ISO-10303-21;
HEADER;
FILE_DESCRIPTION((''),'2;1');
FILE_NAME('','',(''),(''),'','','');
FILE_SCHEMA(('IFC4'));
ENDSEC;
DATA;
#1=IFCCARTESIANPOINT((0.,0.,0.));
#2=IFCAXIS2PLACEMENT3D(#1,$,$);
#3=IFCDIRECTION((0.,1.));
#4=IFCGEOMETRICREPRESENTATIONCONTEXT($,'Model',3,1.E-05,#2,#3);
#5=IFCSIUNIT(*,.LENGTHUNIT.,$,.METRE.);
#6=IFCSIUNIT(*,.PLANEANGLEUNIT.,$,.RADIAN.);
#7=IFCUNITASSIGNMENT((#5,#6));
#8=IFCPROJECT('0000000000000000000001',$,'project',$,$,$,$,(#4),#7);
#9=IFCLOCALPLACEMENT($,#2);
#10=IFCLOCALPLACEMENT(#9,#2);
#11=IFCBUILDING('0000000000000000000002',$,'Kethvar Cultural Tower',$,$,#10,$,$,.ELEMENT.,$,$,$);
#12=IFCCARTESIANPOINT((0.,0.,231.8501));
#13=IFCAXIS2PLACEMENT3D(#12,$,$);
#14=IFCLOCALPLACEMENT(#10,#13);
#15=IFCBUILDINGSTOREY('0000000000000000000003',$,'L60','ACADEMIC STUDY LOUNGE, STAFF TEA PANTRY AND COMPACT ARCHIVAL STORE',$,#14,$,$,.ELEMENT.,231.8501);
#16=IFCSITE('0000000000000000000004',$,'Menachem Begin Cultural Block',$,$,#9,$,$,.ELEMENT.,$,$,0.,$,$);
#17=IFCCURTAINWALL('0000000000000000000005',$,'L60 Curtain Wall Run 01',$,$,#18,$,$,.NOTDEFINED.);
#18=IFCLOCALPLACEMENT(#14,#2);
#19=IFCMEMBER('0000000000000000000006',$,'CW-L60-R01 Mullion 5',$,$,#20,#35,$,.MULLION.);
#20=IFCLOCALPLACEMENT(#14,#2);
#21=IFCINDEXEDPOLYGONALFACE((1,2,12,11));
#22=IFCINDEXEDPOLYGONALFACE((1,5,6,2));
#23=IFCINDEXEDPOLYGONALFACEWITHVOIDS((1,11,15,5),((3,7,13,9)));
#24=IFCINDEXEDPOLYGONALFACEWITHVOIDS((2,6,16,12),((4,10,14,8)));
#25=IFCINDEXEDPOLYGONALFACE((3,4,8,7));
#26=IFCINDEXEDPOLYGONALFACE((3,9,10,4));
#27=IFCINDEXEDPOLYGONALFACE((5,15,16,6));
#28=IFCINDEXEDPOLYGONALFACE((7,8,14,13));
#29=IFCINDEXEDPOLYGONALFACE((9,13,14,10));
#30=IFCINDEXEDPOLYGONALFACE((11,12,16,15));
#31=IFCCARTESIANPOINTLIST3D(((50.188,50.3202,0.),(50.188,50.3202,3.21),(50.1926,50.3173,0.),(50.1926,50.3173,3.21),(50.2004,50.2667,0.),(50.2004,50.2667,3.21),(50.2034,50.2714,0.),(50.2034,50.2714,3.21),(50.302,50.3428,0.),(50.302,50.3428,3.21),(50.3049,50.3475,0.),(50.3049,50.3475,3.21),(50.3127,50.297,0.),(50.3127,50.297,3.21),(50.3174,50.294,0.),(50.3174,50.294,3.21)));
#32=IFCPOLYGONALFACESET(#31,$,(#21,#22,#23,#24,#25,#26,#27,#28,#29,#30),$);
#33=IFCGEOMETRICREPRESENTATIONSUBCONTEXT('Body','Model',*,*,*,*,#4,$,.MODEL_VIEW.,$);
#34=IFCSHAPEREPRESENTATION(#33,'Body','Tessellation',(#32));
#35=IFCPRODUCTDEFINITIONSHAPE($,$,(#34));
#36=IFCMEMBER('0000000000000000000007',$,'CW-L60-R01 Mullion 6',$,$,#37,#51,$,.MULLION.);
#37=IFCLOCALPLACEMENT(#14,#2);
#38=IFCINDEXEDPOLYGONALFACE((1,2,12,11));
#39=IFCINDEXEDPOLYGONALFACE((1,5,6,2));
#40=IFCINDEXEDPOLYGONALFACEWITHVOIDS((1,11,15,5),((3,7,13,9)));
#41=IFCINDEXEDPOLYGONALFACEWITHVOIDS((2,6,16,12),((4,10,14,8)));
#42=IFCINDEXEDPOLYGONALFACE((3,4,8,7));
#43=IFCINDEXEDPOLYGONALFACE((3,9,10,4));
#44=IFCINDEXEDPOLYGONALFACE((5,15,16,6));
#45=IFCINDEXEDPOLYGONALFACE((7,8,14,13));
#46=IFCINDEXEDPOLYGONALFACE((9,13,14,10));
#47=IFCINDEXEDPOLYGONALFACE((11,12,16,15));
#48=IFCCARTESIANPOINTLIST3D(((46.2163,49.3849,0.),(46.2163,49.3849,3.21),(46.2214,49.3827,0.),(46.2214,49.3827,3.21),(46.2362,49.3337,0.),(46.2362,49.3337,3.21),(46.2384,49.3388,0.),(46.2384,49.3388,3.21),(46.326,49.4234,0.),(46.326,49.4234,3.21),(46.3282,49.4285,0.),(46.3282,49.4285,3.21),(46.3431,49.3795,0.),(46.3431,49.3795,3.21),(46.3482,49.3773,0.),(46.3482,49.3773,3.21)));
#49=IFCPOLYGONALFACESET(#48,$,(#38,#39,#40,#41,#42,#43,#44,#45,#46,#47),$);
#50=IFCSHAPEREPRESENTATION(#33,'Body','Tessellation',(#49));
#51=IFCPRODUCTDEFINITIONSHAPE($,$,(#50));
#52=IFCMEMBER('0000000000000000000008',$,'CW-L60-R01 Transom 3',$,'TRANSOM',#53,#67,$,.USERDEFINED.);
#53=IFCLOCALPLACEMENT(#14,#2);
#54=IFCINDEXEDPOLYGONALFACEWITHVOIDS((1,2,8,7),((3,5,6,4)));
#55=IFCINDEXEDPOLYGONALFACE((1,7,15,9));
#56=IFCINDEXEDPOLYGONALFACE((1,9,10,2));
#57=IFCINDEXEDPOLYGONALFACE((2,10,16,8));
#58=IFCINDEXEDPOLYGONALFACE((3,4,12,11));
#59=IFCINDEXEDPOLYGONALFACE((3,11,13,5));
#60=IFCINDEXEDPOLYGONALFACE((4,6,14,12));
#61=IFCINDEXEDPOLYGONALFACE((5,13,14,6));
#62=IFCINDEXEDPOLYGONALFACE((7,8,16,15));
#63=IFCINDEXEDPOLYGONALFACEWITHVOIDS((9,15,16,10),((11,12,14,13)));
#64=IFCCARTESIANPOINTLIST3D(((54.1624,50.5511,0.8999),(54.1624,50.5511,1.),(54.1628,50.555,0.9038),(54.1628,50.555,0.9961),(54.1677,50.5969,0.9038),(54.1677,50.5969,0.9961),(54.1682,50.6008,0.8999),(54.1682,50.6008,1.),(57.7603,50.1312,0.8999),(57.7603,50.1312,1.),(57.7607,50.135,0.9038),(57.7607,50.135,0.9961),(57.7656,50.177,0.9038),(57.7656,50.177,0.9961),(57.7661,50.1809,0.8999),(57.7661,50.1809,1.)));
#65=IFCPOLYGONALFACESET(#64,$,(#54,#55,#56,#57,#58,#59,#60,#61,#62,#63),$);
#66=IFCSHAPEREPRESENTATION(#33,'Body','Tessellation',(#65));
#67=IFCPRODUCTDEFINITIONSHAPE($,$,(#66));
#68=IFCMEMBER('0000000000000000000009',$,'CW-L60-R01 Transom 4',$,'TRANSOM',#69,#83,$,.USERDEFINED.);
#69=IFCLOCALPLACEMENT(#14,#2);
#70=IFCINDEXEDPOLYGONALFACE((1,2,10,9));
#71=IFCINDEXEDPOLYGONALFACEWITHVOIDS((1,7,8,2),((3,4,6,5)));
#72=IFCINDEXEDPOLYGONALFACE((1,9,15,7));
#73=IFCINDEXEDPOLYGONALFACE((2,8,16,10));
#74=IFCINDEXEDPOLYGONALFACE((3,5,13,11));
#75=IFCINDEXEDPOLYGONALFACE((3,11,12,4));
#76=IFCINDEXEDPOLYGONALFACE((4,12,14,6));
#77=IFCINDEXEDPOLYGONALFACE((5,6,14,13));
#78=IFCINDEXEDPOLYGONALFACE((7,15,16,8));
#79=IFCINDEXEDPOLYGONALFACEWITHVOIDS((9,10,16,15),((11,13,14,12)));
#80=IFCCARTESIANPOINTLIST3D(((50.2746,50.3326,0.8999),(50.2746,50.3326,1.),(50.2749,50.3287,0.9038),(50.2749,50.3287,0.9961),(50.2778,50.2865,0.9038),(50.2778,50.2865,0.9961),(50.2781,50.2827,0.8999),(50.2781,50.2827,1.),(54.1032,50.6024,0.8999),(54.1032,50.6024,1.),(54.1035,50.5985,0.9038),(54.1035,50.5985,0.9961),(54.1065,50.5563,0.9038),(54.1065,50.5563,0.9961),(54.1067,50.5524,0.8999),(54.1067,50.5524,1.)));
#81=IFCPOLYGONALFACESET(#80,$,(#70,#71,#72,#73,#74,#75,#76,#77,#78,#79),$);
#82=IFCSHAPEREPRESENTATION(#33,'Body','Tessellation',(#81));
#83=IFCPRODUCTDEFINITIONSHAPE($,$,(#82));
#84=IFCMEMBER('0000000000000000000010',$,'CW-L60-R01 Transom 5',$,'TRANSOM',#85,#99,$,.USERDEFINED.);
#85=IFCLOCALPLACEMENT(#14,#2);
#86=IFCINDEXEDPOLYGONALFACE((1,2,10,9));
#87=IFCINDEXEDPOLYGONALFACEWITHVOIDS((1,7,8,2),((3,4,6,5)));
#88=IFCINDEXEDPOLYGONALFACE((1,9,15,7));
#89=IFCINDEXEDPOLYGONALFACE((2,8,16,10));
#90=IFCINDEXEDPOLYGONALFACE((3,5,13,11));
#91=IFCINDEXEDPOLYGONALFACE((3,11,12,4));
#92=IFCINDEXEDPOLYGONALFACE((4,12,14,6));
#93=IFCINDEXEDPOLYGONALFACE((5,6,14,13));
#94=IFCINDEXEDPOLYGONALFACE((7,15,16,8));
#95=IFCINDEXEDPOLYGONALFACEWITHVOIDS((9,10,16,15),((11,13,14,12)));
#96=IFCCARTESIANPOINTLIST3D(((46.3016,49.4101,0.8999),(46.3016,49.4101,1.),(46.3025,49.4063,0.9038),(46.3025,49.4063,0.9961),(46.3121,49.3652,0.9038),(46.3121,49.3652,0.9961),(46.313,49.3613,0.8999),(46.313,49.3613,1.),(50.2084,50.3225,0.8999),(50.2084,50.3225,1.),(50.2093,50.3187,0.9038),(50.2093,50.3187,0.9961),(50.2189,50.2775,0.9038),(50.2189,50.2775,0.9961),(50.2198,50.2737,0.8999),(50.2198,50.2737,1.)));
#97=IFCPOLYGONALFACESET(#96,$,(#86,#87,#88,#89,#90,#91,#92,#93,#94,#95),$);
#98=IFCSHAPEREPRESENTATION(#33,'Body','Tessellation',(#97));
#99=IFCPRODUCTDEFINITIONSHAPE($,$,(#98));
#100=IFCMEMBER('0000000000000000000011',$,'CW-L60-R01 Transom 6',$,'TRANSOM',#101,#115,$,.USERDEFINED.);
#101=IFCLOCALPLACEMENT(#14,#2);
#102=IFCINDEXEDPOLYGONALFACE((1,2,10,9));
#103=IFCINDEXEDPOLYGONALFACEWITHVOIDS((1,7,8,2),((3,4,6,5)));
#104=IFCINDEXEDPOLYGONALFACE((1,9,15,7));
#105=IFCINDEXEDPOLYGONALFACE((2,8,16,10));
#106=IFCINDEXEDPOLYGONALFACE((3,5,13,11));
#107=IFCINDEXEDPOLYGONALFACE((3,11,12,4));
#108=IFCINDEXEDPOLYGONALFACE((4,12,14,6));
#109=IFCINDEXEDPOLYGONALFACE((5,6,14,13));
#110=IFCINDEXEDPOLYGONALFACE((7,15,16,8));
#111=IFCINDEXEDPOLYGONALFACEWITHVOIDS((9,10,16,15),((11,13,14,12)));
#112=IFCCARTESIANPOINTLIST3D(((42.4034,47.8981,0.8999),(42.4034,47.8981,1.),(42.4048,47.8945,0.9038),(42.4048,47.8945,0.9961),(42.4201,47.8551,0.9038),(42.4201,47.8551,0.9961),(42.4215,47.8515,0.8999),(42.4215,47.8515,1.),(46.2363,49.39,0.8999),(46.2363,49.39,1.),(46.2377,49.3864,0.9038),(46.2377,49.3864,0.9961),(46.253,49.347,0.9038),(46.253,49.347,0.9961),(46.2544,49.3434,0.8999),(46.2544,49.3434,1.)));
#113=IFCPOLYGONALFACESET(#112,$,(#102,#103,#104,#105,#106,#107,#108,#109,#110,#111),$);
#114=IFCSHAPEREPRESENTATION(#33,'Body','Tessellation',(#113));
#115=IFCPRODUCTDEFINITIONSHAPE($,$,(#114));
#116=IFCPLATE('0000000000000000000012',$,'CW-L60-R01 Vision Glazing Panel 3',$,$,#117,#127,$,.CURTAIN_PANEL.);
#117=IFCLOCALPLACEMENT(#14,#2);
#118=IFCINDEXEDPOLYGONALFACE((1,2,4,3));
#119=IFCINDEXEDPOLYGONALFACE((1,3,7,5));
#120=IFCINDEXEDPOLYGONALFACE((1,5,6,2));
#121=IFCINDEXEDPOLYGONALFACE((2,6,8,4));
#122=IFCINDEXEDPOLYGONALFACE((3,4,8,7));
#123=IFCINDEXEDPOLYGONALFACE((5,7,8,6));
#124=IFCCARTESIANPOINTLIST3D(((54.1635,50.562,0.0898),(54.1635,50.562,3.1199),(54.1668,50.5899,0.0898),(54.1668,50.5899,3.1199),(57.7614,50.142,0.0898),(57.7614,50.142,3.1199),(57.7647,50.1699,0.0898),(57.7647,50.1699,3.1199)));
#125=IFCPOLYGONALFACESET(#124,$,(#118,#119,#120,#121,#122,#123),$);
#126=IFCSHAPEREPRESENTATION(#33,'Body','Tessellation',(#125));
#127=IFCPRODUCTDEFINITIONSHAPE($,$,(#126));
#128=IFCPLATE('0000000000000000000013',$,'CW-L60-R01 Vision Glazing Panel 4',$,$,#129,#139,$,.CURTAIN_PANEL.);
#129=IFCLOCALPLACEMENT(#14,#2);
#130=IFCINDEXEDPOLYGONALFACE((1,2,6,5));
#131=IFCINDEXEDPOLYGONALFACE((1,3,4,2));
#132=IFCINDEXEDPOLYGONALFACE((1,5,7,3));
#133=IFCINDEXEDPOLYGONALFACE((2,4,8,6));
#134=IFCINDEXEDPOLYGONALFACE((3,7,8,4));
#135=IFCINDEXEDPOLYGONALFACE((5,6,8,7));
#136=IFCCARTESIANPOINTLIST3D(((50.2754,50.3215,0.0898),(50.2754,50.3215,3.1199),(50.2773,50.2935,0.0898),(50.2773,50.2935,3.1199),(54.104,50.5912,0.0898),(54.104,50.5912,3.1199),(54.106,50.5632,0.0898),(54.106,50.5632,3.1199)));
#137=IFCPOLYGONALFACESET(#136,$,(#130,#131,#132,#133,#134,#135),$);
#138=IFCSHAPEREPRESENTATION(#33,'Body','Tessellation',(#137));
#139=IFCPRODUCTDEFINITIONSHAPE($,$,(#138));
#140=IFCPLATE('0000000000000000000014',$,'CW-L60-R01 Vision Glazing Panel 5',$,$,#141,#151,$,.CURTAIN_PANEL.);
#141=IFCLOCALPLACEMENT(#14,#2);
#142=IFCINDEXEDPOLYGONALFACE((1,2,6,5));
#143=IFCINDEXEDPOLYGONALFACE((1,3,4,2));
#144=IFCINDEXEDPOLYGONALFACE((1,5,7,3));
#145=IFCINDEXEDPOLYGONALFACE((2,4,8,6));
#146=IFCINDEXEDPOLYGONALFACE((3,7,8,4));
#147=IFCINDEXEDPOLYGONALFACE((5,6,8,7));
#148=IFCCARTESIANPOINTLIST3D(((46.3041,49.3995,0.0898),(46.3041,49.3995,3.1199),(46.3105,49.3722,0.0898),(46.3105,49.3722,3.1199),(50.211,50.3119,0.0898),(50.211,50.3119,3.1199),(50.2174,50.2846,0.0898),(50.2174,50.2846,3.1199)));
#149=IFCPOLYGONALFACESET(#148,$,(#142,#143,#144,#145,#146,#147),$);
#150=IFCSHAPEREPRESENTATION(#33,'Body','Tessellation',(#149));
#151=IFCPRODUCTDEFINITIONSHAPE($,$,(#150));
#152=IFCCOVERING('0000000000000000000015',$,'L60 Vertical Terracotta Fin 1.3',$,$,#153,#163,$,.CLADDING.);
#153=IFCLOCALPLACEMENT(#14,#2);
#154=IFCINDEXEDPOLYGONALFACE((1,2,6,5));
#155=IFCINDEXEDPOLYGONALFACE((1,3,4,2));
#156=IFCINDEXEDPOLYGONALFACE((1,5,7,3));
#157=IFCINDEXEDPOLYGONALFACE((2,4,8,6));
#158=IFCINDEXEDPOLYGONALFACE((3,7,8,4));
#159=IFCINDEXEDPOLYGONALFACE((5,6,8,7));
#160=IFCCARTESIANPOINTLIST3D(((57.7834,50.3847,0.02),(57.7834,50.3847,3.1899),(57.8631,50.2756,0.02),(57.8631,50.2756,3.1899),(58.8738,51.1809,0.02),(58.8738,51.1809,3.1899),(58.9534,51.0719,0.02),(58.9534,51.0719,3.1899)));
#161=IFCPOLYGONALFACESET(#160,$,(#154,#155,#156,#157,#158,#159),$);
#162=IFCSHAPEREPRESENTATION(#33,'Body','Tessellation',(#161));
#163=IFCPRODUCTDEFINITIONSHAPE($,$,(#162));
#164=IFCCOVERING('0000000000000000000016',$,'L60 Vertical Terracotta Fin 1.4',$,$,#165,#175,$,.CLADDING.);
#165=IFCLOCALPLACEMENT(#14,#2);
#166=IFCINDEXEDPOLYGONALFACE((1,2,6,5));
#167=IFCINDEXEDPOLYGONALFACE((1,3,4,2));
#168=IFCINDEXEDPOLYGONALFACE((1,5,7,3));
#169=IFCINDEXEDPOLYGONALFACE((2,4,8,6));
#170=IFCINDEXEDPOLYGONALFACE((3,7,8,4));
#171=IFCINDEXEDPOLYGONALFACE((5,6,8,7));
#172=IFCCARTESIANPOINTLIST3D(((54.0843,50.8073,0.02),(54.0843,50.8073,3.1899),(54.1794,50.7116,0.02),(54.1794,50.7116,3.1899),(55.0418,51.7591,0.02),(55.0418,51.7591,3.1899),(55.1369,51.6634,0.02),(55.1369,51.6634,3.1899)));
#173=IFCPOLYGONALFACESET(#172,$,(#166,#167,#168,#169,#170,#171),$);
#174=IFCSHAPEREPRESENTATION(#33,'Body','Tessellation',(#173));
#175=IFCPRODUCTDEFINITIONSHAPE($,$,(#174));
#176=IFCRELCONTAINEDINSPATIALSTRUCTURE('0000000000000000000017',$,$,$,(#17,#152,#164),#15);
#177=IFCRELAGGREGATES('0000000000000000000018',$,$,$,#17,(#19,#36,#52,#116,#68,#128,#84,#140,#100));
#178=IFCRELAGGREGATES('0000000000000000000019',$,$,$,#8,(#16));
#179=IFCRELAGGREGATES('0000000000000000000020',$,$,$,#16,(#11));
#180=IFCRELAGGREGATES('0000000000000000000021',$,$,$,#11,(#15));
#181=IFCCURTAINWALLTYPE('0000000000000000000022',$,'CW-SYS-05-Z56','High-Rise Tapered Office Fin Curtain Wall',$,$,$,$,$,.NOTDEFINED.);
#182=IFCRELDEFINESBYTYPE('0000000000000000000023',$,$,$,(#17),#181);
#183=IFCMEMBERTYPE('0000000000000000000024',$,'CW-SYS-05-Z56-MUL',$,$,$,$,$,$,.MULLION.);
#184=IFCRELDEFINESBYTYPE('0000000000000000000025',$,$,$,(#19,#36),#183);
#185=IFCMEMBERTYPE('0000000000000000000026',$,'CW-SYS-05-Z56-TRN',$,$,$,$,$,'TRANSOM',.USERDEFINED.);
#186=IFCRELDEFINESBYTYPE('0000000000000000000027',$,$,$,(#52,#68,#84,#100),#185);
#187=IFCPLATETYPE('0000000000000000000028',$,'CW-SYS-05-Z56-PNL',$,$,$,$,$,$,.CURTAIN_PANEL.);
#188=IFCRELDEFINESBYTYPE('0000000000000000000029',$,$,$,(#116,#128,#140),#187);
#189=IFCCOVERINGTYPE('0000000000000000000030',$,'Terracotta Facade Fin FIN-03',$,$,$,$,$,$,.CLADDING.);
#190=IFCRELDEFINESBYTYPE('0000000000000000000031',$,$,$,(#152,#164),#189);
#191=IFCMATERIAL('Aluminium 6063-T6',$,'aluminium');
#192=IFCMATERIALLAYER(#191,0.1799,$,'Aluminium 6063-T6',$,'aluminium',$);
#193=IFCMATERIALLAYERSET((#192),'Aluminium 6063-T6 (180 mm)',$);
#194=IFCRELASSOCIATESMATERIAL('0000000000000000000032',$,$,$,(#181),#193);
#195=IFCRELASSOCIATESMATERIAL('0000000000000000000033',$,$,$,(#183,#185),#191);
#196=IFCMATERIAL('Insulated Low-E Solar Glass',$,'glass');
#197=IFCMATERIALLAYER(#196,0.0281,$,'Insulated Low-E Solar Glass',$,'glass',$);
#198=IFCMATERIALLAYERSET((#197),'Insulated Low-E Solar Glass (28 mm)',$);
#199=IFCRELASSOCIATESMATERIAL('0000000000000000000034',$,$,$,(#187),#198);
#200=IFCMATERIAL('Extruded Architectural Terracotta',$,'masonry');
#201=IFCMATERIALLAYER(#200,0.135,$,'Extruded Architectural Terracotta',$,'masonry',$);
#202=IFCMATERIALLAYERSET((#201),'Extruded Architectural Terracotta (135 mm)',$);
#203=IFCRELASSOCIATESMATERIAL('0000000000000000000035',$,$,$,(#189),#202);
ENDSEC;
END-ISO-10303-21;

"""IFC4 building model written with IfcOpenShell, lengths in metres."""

from ifc_helpers import new_model, si_unit, direction, frame, origin, origin_2d, place, context, subcontext, project, spatial, rectangle, hollow_rectangle, extrude, source, transform, mapped, material, layer, layer_set, material_profile, profile_set, type_object, element, aggregate, save


model = new_model("IFC4")

# Units and contexts
model_context = context("Model", 3, precision=1e-05, world=origin(), true_north=direction((0.0, 1.0)))
body_context = subcontext(model_context, "Body", "Model", "MODEL_VIEW")
ifc_project = project(units=[si_unit("LENGTHUNIT", "METRE"), si_unit("PLANEANGLEUNIT", "RADIAN")], contexts=[model_context])

# Site, building, storey
site_placement = place(None, origin())
site = spatial("IfcSite", under=ifc_project, at=site_placement, Name="Menachem Begin Cultural Block", CompositionType="ELEMENT", RefElevation=0.0)
building_placement = place(site_placement, origin())
building = spatial("IfcBuilding", under=site, at=building_placement, Name="Kethvar Cultural Tower", CompositionType="ELEMENT")
storey_placement = place(building_placement, frame((0.0, 0.0, 231.8501)))
storey = spatial("IfcBuildingStorey", under=building, at=storey_placement, Name="L60", Description="ACADEMIC STUDY LOUNGE, STAFF TEA PANTRY AND COMPACT ARCHIVAL STORE", CompositionType="ELEMENT", Elevation=231.8501)

# Curtain wall, members, plates
ifc_material_1 = material(Name="Aluminium 6063-T6", Category="aluminium")
ifc_layer_1 = layer(ifc_material_1, 0.1799, Name="Aluminium 6063-T6", Category="aluminium")
ifc_layer_set_1 = layer_set([ifc_layer_1], Name="Aluminium 6063-T6 (180 mm)")
curtain_wall_type = type_object("IfcCurtainWallType", Name="CW-SYS-05-Z56", Description="High-Rise Tapered Office Fin Curtain Wall", PredefinedType="NOTDEFINED", material=ifc_layer_set_1)
curtain_wall_placement = place(storey_placement, origin())
curtain_wall = element("IfcCurtainWall", 1, at=curtain_wall_placement, inside=storey, type_object=curtain_wall_type, Name="L60 Curtain Wall Run 01", PredefinedType="NOTDEFINED")
ifc_material_profile_1 = material_profile(ifc_material_1, hollow_rectangle(XDim=0.0549, YDim=0.1201, WallThickness=0.0039, at=origin_2d()), Name="Aluminium 6063-T6 — RHS120x55x4")
ifc_profile_set_1 = profile_set([ifc_material_profile_1], Name="Aluminium 6063-T6 — RHS120x55x4")
member_type_1 = type_object("IfcMemberType", Name="CW-SYS-05-Z56-MUL", PredefinedType="MULLION", material=ifc_profile_set_1)
shared_shape_1 = source(origin(), body_context, "Body", "SweptSolid", [
    extrude(hollow_rectangle(XDim=0.0549, YDim=0.1201, WallThickness=0.0039, at=origin_2d()), origin(), (0.0, 0.0, 1.0), 3.21),
])
member_1_placement = place(storey_placement, frame((50.2527, 50.3071, 0.0), z_axis=(0.0, 0.0, 1.0), x_axis=(0.227416, -0.973798, 0.0)))
member_1 = element("IfcMember", 2, at=member_1_placement, type_object=member_type_1, Name="CW-L60-R01 Mullion 5", PredefinedType="MULLION", context=body_context, shape_type="MappedRepresentation", body=[
    mapped(shared_shape_1, transform((0.0, 0.0, 0.0), scale=1.0)),
])
member_2_placement = place(storey_placement, frame((46.2822, 49.3811, 0.0), z_axis=(0.0, 0.0, 1.0), x_axis=(0.362698, -0.931907, 0.0)))
member_2 = element("IfcMember", 3, at=member_2_placement, type_object=member_type_1, Name="CW-L60-R01 Mullion 6", PredefinedType="MULLION", context=body_context, shape_type="MappedRepresentation", body=[
    mapped(shared_shape_1, transform((0.0, 0.0, 0.0), scale=1.0)),
])
ifc_material_profile_2 = material_profile(ifc_material_1, hollow_rectangle(XDim=0.05, YDim=0.1001, WallThickness=0.0039, at=origin_2d()), Name="Aluminium 6063-T6 — RHS100x50x4")
ifc_profile_set_2 = profile_set([ifc_material_profile_2], Name="Aluminium 6063-T6 — RHS100x50x4")
member_type_2 = type_object("IfcMemberType", Name="CW-SYS-05-Z56-TRN", ElementType="TRANSOM", PredefinedType="USERDEFINED", material=ifc_profile_set_2)
shared_shape_2 = source(origin(), body_context, "Body", "SweptSolid", [
    extrude(hollow_rectangle(XDim=0.05, YDim=0.1001, WallThickness=0.0039, at=origin_2d()), origin(), (0.0, 0.0, 1.0), 3.6223),
])
member_3_placement = place(storey_placement, frame((57.7632, 50.156, 0.95), z_axis=(-0.993258, 0.115926, 0.0), x_axis=(-0.115926, -0.993258, 0.0)))
member_3 = element("IfcMember", 4, at=member_3_placement, type_object=member_type_2, Name="CW-L60-R01 Transom 3", ObjectType="TRANSOM", PredefinedType="USERDEFINED", context=body_context, shape_type="MappedRepresentation", body=[
    mapped(shared_shape_2, transform((0.0, 0.0, 0.0), scale=1.0)),
])
shared_shape_3 = source(origin(), body_context, "Body", "SweptSolid", [
    extrude(hollow_rectangle(XDim=0.05, YDim=0.1001, WallThickness=0.0039, at=origin_2d()), origin(), (0.0, 0.0, 1.0), 3.8381),
])
member_4_placement = place(storey_placement, frame((54.105, 50.5774, 0.95), z_axis=(-0.997527, -0.070289, 0.0), x_axis=(0.070289, -0.997527, 0.0)))
member_4 = element("IfcMember", 5, at=member_4_placement, type_object=member_type_2, Name="CW-L60-R01 Transom 4", ObjectType="TRANSOM", PredefinedType="USERDEFINED", context=body_context, shape_type="MappedRepresentation", body=[
    mapped(shared_shape_3, transform((0.0, 0.0, 0.0), scale=1.0)),
])
shared_shape_4 = source(origin(), body_context, "Body", "SweptSolid", [
    extrude(hollow_rectangle(XDim=0.05, YDim=0.1001, WallThickness=0.0039, at=origin_2d()), origin(), (0.0, 0.0, 1.0), 4.012),
])
member_5_placement = place(storey_placement, frame((50.2141, 50.2981, 0.95), z_axis=(-0.973798, -0.227414, 0.0), x_axis=(0.227414, -0.973798, 0.0)))
member_5 = element("IfcMember", 6, at=member_5_placement, type_object=member_type_2, Name="CW-L60-R01 Transom 5", ObjectType="TRANSOM", PredefinedType="USERDEFINED", context=body_context, shape_type="MappedRepresentation", body=[
    mapped(shared_shape_4, transform((0.0, 0.0, 0.0), scale=1.0)),
])
shared_shape_5 = source(origin(), body_context, "Body", "SweptSolid", [
    extrude(hollow_rectangle(XDim=0.05, YDim=0.1001, WallThickness=0.0039, at=origin_2d()), origin(), (0.0, 0.0, 1.0), 4.113),
])
member_6_placement = place(storey_placement, frame((46.2454, 49.3667, 0.95), z_axis=(-0.931895, -0.362727, 0.0), x_axis=(0.362727, -0.931895, 0.0)))
member_6 = element("IfcMember", 7, at=member_6_placement, type_object=member_type_2, Name="CW-L60-R01 Transom 6", ObjectType="TRANSOM", PredefinedType="USERDEFINED", context=body_context, shape_type="MappedRepresentation", body=[
    mapped(shared_shape_5, transform((0.0, 0.0, 0.0), scale=1.0)),
])
ifc_material_2 = material(Name="Insulated Low-E Solar Glass", Category="glass")
ifc_layer_2 = layer(ifc_material_2, 0.0281, Name="Insulated Low-E Solar Glass", Category="glass")
ifc_layer_set_2 = layer_set([ifc_layer_2], Name="Insulated Low-E Solar Glass (28 mm)")
plate_type = type_object("IfcPlateType", Name="CW-SYS-05-Z56-PNL", PredefinedType="CURTAIN_PANEL", material=ifc_layer_set_2)
shared_shape_6 = source(origin(), body_context, "Body", "SweptSolid", [
    extrude(rectangle(XDim=3.6223, YDim=0.0281, at=origin_2d()), origin(), (0.0, 0.0, 1.0), 3.03),
])
plate_1_placement = place(storey_placement, frame((55.9641, 50.366, 0.0898), z_axis=(0.0, 0.0, 1.0), x_axis=(-0.993256, 0.115943, 0.0)))
plate_1 = element("IfcPlate", 8, at=plate_1_placement, type_object=plate_type, Name="CW-L60-R01 Vision Glazing Panel 3", PredefinedType="CURTAIN_PANEL", context=body_context, shape_type="MappedRepresentation", body=[
    mapped(shared_shape_6, transform((0.0, 0.0, 0.0), scale=1.0)),
])
shared_shape_7 = source(origin(), body_context, "Body", "SweptSolid", [
    extrude(rectangle(XDim=3.8381, YDim=0.0281, at=origin_2d()), origin(), (0.0, 0.0, 1.0), 3.03),
])
plate_2_placement = place(storey_placement, frame((52.1907, 50.4424, 0.0898), z_axis=(0.0, 0.0, 1.0), x_axis=(-0.997529, -0.070261, 0.0)))
plate_2 = element("IfcPlate", 9, at=plate_2_placement, type_object=plate_type, Name="CW-L60-R01 Vision Glazing Panel 4", PredefinedType="CURTAIN_PANEL", context=body_context, shape_type="MappedRepresentation", body=[
    mapped(shared_shape_7, transform((0.0, 0.0, 0.0), scale=1.0)),
])
shared_shape_8 = source(origin(), body_context, "Body", "SweptSolid", [
    extrude(rectangle(XDim=4.012, YDim=0.0281, at=origin_2d()), origin(), (0.0, 0.0, 1.0), 3.03),
])
plate_3_placement = place(storey_placement, frame((48.2607, 49.842, 0.0898), z_axis=(0.0, 0.0, 1.0), x_axis=(-0.973798, -0.227416, 0.0)))
plate_3 = element("IfcPlate", 10, at=plate_3_placement, type_object=plate_type, Name="CW-L60-R01 Vision Glazing Panel 5", PredefinedType="CURTAIN_PANEL", context=body_context, shape_type="MappedRepresentation", body=[
    mapped(shared_shape_8, transform((0.0, 0.0, 0.0), scale=1.0)),
])
aggregate(curtain_wall, [member_1, member_2, member_3, plate_1, member_4, plate_2, member_5, plate_3, member_6])

# Coverings
ifc_material_3 = material(Name="Extruded Architectural Terracotta", Category="masonry")
ifc_layer_3 = layer(ifc_material_3, 0.135, Name="Extruded Architectural Terracotta", Category="masonry")
ifc_layer_set_3 = layer_set([ifc_layer_3], Name="Extruded Architectural Terracotta (135 mm)")
covering_type = type_object("IfcCoveringType", Name="Terracotta Facade Fin FIN-03", PredefinedType="CLADDING", material=ifc_layer_set_3)
shared_shape_9 = source(origin(), body_context, "Body", "SweptSolid", [
    extrude(rectangle(XDim=1.3501, YDim=0.135, at=origin_2d()), origin(), (0.0, 0.0, 1.0), 3.1699),
])
for number, where, z_axis, x_axis, name in (
    (11, (58.3684, 50.7283, 0.02), (0.0, 0.0, 1.0), (0.807578, 0.58976, 0.0), "L60 Vertical Terracotta Fin 1.3"),
    (12, (54.6106, 51.2354, 0.02), (0.0, 0.0, 1.0), (0.709202, 0.705006, 0.0), "L60 Vertical Terracotta Fin 1.4"),
):
    element("IfcCovering", number, at=place(storey_placement, frame(where, z_axis=z_axis, x_axis=x_axis)), inside=storey, type_object=covering_type, Name=name, PredefinedType="CLADDING", context=body_context, shape_type="MappedRepresentation", body=[
        mapped(shared_shape_9, transform((0.0, 0.0, 0.0), scale=1.0)),
    ])

save(model, "model.ifc")
